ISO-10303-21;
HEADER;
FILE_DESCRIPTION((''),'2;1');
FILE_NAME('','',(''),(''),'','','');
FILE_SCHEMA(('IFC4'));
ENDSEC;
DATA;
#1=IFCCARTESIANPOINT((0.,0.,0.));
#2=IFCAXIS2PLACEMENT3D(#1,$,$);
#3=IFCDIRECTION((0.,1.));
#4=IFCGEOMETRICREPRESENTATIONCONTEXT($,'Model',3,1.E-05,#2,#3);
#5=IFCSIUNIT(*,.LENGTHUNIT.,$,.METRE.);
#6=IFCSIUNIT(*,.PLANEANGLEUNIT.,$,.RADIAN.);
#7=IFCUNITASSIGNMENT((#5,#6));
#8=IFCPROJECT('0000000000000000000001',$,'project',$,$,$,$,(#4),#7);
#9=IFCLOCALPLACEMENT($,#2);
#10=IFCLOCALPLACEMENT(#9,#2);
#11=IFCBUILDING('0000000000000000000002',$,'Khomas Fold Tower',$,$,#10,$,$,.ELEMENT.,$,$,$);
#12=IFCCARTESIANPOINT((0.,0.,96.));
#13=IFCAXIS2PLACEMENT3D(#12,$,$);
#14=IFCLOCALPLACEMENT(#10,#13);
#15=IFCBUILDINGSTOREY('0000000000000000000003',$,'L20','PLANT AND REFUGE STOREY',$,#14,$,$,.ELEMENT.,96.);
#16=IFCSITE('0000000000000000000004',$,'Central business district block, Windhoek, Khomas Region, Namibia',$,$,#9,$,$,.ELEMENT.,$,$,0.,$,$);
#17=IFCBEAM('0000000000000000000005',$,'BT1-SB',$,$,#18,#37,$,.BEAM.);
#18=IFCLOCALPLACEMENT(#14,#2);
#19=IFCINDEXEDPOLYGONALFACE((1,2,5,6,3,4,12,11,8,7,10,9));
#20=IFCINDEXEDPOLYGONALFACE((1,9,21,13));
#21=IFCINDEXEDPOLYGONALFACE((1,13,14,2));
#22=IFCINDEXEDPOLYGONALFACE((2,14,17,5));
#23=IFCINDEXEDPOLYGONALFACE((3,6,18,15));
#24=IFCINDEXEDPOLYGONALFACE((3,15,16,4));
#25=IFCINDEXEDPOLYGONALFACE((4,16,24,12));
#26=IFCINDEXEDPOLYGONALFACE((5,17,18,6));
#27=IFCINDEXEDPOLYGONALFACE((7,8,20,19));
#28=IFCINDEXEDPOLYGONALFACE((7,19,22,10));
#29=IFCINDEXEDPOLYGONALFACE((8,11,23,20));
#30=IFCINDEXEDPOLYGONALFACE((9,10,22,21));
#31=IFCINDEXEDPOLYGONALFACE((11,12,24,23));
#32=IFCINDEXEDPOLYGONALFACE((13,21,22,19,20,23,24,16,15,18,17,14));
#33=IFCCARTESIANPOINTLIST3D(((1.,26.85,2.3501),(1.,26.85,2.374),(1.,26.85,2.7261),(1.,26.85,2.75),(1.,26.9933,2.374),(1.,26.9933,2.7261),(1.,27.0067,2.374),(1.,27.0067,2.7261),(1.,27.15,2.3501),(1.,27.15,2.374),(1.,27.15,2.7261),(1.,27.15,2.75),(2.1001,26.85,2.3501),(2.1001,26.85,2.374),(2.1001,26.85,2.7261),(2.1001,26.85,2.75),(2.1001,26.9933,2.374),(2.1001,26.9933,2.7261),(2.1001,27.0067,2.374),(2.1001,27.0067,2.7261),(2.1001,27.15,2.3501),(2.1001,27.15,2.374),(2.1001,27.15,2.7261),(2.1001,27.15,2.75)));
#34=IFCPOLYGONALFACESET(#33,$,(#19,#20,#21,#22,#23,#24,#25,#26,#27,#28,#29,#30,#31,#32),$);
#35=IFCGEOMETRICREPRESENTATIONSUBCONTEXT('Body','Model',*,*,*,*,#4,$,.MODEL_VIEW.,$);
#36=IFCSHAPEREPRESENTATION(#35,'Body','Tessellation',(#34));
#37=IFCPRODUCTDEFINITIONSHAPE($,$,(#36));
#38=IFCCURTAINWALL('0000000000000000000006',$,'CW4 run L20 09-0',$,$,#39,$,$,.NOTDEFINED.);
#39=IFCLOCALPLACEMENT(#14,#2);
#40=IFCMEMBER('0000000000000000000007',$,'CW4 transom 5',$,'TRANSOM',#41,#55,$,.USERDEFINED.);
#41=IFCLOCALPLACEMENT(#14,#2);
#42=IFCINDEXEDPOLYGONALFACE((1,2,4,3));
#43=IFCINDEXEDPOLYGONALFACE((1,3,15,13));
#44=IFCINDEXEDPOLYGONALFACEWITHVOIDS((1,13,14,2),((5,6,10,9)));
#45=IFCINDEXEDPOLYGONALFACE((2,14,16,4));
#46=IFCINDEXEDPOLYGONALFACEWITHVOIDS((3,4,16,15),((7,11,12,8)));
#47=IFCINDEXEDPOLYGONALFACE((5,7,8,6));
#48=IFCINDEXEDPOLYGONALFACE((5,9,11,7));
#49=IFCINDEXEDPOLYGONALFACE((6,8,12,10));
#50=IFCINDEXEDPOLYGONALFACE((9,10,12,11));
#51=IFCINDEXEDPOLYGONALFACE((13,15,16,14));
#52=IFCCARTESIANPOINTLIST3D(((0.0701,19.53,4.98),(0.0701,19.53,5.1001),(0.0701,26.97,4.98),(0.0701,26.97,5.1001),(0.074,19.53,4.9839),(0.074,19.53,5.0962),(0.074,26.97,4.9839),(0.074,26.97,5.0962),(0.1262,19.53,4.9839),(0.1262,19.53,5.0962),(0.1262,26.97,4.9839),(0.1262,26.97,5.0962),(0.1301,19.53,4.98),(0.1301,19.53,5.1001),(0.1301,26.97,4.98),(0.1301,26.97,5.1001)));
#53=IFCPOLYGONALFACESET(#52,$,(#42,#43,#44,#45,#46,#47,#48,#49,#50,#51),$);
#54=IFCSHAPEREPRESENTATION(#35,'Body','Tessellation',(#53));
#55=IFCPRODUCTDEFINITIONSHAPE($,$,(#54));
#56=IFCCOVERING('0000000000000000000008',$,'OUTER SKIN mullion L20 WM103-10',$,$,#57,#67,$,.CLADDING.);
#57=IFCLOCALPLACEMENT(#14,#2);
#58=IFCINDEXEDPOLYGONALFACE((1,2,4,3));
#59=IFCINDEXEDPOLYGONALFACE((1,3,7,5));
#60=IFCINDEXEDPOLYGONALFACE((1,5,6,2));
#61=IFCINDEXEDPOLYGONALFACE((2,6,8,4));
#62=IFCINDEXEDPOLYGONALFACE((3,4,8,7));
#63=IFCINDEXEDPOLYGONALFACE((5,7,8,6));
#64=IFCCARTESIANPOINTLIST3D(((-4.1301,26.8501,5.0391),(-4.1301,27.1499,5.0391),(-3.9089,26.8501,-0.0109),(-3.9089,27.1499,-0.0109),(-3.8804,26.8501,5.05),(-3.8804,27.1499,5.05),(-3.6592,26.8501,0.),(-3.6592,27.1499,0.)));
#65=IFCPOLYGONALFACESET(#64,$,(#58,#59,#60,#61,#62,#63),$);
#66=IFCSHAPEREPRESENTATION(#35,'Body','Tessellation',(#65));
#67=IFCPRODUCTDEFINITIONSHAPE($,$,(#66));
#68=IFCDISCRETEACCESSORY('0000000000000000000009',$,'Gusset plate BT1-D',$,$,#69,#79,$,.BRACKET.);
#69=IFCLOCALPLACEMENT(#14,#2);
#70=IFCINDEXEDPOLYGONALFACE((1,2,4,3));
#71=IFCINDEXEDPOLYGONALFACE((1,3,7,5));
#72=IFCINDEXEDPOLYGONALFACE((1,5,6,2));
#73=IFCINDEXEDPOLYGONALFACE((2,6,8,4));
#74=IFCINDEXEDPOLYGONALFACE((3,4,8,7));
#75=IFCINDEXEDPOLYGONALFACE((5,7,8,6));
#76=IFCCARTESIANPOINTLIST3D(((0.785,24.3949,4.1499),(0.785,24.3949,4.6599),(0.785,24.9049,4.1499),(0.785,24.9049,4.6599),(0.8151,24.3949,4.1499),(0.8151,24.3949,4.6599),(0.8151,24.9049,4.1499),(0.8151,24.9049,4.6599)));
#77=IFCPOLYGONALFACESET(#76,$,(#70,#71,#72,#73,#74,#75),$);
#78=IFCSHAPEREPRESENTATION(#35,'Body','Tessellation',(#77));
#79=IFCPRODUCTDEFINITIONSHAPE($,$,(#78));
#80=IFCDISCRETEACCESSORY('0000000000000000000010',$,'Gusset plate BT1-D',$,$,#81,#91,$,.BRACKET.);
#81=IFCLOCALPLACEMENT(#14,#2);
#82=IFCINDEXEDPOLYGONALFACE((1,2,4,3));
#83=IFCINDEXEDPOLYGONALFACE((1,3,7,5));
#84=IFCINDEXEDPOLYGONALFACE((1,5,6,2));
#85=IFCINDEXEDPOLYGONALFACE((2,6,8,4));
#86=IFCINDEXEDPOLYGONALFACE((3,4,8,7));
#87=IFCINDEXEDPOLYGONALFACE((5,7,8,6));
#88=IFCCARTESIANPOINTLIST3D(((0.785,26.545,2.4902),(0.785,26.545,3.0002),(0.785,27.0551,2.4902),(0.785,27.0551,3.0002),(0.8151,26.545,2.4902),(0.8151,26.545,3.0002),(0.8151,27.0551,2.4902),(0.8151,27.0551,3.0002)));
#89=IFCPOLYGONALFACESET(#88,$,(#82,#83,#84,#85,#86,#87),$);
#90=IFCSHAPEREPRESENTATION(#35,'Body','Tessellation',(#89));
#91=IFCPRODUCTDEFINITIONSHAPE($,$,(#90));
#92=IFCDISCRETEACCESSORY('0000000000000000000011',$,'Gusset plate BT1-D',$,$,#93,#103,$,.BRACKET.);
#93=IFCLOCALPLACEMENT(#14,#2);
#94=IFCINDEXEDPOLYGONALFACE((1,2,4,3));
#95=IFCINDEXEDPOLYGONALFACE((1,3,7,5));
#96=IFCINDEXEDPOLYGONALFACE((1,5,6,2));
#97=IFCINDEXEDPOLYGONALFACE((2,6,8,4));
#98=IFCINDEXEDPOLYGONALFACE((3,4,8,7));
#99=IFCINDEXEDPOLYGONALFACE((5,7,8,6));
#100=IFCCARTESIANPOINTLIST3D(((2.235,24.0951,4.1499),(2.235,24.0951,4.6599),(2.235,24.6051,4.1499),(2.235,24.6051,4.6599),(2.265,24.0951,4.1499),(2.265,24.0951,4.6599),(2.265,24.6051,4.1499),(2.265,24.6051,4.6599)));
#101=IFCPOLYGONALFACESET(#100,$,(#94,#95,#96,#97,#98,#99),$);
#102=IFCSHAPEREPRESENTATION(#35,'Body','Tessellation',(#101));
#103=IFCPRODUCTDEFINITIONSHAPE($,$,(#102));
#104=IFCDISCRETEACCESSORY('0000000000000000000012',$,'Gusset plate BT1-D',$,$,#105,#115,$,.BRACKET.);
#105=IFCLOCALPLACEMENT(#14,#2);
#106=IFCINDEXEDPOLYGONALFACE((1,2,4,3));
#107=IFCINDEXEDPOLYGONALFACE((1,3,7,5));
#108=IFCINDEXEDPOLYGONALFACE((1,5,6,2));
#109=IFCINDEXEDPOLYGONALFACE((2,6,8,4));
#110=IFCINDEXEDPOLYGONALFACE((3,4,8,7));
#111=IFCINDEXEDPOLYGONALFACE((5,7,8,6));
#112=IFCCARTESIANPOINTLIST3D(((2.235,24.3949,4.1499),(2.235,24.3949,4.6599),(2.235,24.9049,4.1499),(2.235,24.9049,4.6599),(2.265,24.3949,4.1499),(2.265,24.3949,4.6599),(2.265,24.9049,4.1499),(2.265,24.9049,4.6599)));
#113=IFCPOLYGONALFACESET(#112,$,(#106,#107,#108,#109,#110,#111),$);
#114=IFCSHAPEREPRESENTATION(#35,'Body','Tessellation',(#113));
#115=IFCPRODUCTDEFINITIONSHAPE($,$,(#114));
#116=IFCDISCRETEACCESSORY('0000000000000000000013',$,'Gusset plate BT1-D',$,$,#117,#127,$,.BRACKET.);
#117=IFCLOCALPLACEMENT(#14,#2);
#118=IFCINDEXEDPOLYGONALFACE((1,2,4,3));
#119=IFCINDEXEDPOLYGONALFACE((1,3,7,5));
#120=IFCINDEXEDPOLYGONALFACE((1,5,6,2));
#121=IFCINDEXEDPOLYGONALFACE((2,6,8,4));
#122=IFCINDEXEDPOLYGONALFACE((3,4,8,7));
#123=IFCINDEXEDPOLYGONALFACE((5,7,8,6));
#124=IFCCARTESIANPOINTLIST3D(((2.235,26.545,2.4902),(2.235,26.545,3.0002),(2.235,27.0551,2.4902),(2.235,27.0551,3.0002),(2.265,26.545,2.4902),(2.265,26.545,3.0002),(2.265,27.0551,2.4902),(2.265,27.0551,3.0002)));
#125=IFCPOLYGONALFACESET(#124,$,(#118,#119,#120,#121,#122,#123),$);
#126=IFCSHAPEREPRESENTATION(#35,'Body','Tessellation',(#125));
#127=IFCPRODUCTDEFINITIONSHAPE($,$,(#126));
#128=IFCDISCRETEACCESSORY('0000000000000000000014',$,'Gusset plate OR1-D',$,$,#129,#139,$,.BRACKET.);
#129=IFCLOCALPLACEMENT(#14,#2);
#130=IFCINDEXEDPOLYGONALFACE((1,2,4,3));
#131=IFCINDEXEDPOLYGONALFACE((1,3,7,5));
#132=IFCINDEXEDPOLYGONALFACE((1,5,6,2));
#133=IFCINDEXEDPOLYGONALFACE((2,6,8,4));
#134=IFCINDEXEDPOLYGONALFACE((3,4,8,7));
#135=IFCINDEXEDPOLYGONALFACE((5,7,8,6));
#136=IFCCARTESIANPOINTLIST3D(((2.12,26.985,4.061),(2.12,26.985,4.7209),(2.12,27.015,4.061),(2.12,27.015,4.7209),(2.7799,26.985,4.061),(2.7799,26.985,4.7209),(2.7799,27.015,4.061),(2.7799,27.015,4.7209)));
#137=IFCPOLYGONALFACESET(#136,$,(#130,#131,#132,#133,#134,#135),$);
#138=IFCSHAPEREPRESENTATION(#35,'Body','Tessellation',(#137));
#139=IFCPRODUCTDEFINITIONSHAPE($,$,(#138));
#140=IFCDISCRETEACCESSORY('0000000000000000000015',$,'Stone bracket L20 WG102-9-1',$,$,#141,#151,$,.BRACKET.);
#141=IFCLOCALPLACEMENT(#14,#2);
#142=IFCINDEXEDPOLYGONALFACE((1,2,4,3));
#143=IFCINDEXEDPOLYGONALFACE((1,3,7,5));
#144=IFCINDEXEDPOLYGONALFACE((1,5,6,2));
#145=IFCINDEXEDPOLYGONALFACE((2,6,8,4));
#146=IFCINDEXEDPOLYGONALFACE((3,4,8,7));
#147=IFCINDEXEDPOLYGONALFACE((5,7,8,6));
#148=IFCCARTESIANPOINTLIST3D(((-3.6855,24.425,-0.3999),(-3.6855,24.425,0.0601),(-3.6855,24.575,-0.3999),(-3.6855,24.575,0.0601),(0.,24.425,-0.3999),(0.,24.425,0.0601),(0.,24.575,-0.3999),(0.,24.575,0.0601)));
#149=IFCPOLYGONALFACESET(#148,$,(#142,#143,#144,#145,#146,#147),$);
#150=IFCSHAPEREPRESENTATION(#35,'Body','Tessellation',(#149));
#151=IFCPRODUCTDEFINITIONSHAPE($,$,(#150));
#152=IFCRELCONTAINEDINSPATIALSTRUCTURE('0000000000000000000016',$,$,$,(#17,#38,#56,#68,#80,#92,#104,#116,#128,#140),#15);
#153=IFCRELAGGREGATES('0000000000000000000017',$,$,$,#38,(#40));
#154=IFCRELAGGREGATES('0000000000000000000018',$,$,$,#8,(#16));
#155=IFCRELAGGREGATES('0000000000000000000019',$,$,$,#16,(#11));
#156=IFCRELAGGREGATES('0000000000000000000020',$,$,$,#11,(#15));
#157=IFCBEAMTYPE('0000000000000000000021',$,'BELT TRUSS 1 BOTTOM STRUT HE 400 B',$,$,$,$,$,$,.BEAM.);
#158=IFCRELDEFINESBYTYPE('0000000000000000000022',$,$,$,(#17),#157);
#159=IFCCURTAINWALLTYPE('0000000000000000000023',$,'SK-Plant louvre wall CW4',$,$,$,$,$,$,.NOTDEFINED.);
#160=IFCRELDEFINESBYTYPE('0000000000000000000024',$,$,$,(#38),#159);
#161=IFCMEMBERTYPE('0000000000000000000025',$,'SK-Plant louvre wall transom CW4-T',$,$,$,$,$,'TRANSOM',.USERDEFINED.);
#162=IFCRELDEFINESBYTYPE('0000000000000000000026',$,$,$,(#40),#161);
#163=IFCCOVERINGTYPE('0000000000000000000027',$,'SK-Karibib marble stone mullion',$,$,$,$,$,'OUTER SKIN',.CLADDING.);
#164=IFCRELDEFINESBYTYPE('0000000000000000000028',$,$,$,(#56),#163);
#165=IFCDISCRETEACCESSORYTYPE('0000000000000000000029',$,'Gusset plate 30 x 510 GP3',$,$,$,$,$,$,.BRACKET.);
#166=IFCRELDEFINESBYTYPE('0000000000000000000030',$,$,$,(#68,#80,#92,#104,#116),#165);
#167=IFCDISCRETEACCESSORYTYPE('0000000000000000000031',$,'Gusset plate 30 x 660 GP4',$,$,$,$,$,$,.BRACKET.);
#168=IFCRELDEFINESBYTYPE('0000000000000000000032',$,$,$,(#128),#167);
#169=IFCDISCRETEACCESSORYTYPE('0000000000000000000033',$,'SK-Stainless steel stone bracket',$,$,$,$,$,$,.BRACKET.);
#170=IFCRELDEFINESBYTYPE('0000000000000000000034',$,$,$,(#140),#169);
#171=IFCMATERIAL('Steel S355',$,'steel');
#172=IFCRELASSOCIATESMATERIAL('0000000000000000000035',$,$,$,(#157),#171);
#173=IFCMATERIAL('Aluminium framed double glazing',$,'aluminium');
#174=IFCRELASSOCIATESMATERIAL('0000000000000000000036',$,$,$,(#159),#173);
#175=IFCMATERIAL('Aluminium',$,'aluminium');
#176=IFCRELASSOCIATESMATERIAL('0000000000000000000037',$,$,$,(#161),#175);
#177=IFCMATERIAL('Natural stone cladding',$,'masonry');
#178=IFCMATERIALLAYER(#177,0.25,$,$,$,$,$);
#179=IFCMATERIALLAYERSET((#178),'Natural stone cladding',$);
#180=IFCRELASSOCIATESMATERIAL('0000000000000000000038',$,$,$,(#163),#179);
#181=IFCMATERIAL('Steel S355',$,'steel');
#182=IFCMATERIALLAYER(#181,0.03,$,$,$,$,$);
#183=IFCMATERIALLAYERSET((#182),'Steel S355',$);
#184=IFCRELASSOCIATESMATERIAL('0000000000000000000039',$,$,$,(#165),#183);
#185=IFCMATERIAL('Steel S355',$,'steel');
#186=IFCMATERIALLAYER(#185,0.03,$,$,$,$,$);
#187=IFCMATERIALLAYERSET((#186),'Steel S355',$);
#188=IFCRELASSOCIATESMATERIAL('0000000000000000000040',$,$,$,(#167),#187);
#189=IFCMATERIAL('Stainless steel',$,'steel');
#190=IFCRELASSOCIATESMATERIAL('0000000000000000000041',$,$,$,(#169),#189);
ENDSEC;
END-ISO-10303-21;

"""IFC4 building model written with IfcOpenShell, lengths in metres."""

from ifc_helpers import new_model, si_unit, direction, frame, origin, origin_2d, place, context, subcontext, project, spatial, polyline, rectangle, hollow_rectangle, i_section, outline, extrude, source, transform, mapped, material, layer, layer_set, material_profile, profile_set, type_object, element, aggregate, save


model = new_model("IFC4")

# Units and contexts
model_context = context("Model", 3, precision=1e-05, world=origin(), true_north=direction((0.0, 1.0)))
body_context = subcontext(model_context, "Body", "Model", "MODEL_VIEW")
ifc_project = project(units=[si_unit("LENGTHUNIT", "METRE"), si_unit("PLANEANGLEUNIT", "RADIAN")], contexts=[model_context])

# Site, building, storey
site_placement = place(None, origin())
site = spatial("IfcSite", under=ifc_project, at=site_placement, Name="Central business district block, Windhoek, Khomas Region, Namibia", CompositionType="ELEMENT", RefElevation=0.0)
building_placement = place(site_placement, origin())
building = spatial("IfcBuilding", under=site, at=building_placement, Name="Khomas Fold Tower", CompositionType="ELEMENT")
storey_placement = place(building_placement, frame((0.0, 0.0, 96.0)))
storey = spatial("IfcBuildingStorey", under=building, at=storey_placement, Name="L20", Description="PLANT AND REFUGE STOREY", CompositionType="ELEMENT", Elevation=96.0)

# Beam
ifc_material_1 = material(Name="Steel S355", Category="steel")
ifc_material_profile_1 = material_profile(ifc_material_1, i_section(OverallWidth=0.3, OverallDepth=0.3999, WebThickness=0.0134, FlangeThickness=0.0239, at=origin_2d()), Name="HE 400 B")
ifc_profile_set_1 = profile_set([ifc_material_profile_1], Name="Steel S355")
beam_type_1 = type_object("IfcBeamType", Name="BELT TRUSS 1 BOTTOM STRUT HE 400 B", PredefinedType="BEAM", material=ifc_profile_set_1)
shared_shape_1 = source(origin(), body_context, "Body", "SweptSolid", [
    extrude(i_section(OverallWidth=0.3, OverallDepth=0.3999, WebThickness=0.0134, FlangeThickness=0.0239, at=origin_2d()), origin(), (0.0, 0.0, 1.0), 1.1001),
])
beam_1_placement = place(storey_placement, frame((2.1001, 27.0, 2.55), z_axis=(-1.0, 0.0, 0.0), x_axis=(0.0, -1.0, 0.0)))
element("IfcBeam", 1, at=beam_1_placement, inside=storey, type_object=beam_type_1, Name="BT1-SB", PredefinedType="BEAM", context=body_context, shape_type="MappedRepresentation", body=[
    mapped(shared_shape_1, transform((0.0, 0.0, 0.0))),
])

# Curtain wall, member
ifc_material_2 = material(Name="Aluminium framed double glazing", Category="aluminium")
curtain_wall_type = type_object("IfcCurtainWallType", Name="SK-Plant louvre wall CW4", PredefinedType="NOTDEFINED", material=ifc_material_2)
curtain_wall_placement = place(storey_placement, origin())
curtain_wall = element("IfcCurtainWall", 2, at=curtain_wall_placement, inside=storey, type_object=curtain_wall_type, Name="CW4 run L20 09-0", PredefinedType="NOTDEFINED")
ifc_material_3 = material(Name="Aluminium", Category="aluminium")
ifc_material_profile_2 = material_profile(ifc_material_3, hollow_rectangle(XDim=0.0601, YDim=0.1201, WallThickness=0.0039, at=origin_2d()), Name="SK-Plant louvre wall transom CW4-T")
ifc_profile_set_2 = profile_set([ifc_material_profile_2], Name="Aluminium")
member_type_1 = type_object("IfcMemberType", Name="SK-Plant louvre wall transom CW4-T", ElementType="TRANSOM", PredefinedType="USERDEFINED", material=ifc_profile_set_2)
shared_shape_2 = source(origin(), body_context, "Body", "SweptSolid", [
    extrude(hollow_rectangle(XDim=0.0601, YDim=0.1201, WallThickness=0.0039, at=origin_2d()), origin(), (0.0, 0.0, 1.0), 7.4399),
])
member_1_placement = place(storey_placement, frame((0.1001, 26.97, 5.04), z_axis=(0.0, -1.0, 0.0), x_axis=(1.0, 0.0, 0.0)))
member_1 = element("IfcMember", 3, at=member_1_placement, type_object=member_type_1, Name="CW4 transom 5", ObjectType="TRANSOM", PredefinedType="USERDEFINED", context=body_context, shape_type="MappedRepresentation", body=[
    mapped(shared_shape_2, transform((0.0, 0.0, 0.0))),
])
aggregate(curtain_wall, [member_1])

# Covering
ifc_material_4 = material(Name="Natural stone cladding", Category="masonry")
ifc_layer_1 = layer(ifc_material_4, 0.25)
ifc_layer_set_1 = layer_set([ifc_layer_1], Name="Natural stone cladding")
covering_type = type_object("IfcCoveringType", Name="SK-Karibib marble stone mullion", ElementType="OUTER SKIN", PredefinedType="CLADDING", material=ifc_layer_set_1)
covering_placement = place(storey_placement, frame((-3.6592, 26.8501, 0.0), z_axis=(0.999042, 0.0, 0.043758), x_axis=(-0.043758, 0.0, 0.999042)))
element("IfcCovering", 4, at=covering_placement, inside=storey, type_object=covering_type, Name="OUTER SKIN mullion L20 WM103-10", PredefinedType="CLADDING", context=body_context, shape_type="SweptSolid", body=[
    extrude(outline(polyline([(0.0, 0.0), (5.0549, 0.0), (5.0549, -0.2998), (0.0, -0.2998), (0.0, 0.0)])), origin(), (0.0, 0.0, -1.0), 0.25),
])

# Discrete accessories
ifc_material_5 = material(Name="Steel S355", Category="steel")
ifc_layer_2 = layer(ifc_material_5, 0.03)
ifc_layer_set_2 = layer_set([ifc_layer_2], Name="Steel S355")
discrete_accessory_type_1 = type_object("IfcDiscreteAccessoryType", Name="Gusset plate 30 x 510 GP3", PredefinedType="BRACKET", material=ifc_layer_set_2)
shared_shape_3 = source(origin(), body_context, "Body", "SweptSolid", [
    extrude(rectangle(XDim=0.51, YDim=0.03, at=origin_2d()), origin(), (0.0, 0.0, 1.0), 0.51),
])
for number, where, z_axis, x_axis, name in (
    (5, (0.8, 24.6499, 4.1499), (0.0, 0.0, 1.0), (0.0, 1.0, 0.0), "Gusset plate BT1-D"),
    (6, (0.8, 26.8, 2.4902), (0.0, 0.0, 1.0), (0.0, 1.0, 0.0), "Gusset plate BT1-D"),
    (7, (2.25, 24.3501, 4.1499), (0.0, 0.0, 1.0), (0.0, 1.0, 0.0), "Gusset plate BT1-D"),
    (8, (2.25, 24.6499, 4.1499), (0.0, 0.0, 1.0), (0.0, 1.0, 0.0), "Gusset plate BT1-D"),
    (9, (2.25, 26.8, 2.4902), (0.0, 0.0, 1.0), (0.0, 1.0, 0.0), "Gusset plate BT1-D"),
):
    element("IfcDiscreteAccessory", number, at=place(storey_placement, frame(where, z_axis=z_axis, x_axis=x_axis)), inside=storey, type_object=discrete_accessory_type_1, Name=name, PredefinedType="BRACKET", context=body_context, shape_type="MappedRepresentation", body=[
        mapped(shared_shape_3, transform((0.0, 0.0, 0.0))),
    ])
ifc_material_6 = material(Name="Steel S355", Category="steel")
ifc_layer_3 = layer(ifc_material_6, 0.03)
ifc_layer_set_3 = layer_set([ifc_layer_3], Name="Steel S355")
discrete_accessory_type_2 = type_object("IfcDiscreteAccessoryType", Name="Gusset plate 30 x 660 GP4", PredefinedType="BRACKET", material=ifc_layer_set_3)
shared_shape_4 = source(origin(), body_context, "Body", "SweptSolid", [
    extrude(rectangle(XDim=0.6599, YDim=0.03, at=origin_2d()), origin(), (0.0, 0.0, 1.0), 0.6599),
])
discrete_accessory_1_placement = place(storey_placement, frame((2.45, 27.0, 4.061), z_axis=(0.0, 0.0, 1.0), x_axis=(1.0, 0.0, 0.0)))
element("IfcDiscreteAccessory", 10, at=discrete_accessory_1_placement, inside=storey, type_object=discrete_accessory_type_2, Name="Gusset plate OR1-D", PredefinedType="BRACKET", context=body_context, shape_type="MappedRepresentation", body=[
    mapped(shared_shape_4, transform((0.0, 0.0, 0.0))),
])
ifc_material_7 = material(Name="Stainless steel", Category="steel")
discrete_accessory_type_3 = type_object("IfcDiscreteAccessoryType", Name="SK-Stainless steel stone bracket", PredefinedType="BRACKET", material=ifc_material_7)
shared_shape_5 = source(origin(), body_context, "Body", "SweptSolid", [
    extrude(rectangle(XDim=3.6855, YDim=0.1499, at=origin_2d()), origin(), (0.0, 0.0, 1.0), 0.46),
])
discrete_accessory_2_placement = place(storey_placement, frame((-1.8428, 24.5, -0.3999), z_axis=(0.0, 0.0, 1.0), x_axis=(-1.0, 0.0, 0.0)))
element("IfcDiscreteAccessory", 11, at=discrete_accessory_2_placement, inside=storey, type_object=discrete_accessory_type_3, Name="Stone bracket L20 WG102-9-1", PredefinedType="BRACKET", context=body_context, shape_type="MappedRepresentation", body=[
    mapped(shared_shape_5, transform((0.0, 0.0, 0.0))),
])

save(model, "model.ifc")
